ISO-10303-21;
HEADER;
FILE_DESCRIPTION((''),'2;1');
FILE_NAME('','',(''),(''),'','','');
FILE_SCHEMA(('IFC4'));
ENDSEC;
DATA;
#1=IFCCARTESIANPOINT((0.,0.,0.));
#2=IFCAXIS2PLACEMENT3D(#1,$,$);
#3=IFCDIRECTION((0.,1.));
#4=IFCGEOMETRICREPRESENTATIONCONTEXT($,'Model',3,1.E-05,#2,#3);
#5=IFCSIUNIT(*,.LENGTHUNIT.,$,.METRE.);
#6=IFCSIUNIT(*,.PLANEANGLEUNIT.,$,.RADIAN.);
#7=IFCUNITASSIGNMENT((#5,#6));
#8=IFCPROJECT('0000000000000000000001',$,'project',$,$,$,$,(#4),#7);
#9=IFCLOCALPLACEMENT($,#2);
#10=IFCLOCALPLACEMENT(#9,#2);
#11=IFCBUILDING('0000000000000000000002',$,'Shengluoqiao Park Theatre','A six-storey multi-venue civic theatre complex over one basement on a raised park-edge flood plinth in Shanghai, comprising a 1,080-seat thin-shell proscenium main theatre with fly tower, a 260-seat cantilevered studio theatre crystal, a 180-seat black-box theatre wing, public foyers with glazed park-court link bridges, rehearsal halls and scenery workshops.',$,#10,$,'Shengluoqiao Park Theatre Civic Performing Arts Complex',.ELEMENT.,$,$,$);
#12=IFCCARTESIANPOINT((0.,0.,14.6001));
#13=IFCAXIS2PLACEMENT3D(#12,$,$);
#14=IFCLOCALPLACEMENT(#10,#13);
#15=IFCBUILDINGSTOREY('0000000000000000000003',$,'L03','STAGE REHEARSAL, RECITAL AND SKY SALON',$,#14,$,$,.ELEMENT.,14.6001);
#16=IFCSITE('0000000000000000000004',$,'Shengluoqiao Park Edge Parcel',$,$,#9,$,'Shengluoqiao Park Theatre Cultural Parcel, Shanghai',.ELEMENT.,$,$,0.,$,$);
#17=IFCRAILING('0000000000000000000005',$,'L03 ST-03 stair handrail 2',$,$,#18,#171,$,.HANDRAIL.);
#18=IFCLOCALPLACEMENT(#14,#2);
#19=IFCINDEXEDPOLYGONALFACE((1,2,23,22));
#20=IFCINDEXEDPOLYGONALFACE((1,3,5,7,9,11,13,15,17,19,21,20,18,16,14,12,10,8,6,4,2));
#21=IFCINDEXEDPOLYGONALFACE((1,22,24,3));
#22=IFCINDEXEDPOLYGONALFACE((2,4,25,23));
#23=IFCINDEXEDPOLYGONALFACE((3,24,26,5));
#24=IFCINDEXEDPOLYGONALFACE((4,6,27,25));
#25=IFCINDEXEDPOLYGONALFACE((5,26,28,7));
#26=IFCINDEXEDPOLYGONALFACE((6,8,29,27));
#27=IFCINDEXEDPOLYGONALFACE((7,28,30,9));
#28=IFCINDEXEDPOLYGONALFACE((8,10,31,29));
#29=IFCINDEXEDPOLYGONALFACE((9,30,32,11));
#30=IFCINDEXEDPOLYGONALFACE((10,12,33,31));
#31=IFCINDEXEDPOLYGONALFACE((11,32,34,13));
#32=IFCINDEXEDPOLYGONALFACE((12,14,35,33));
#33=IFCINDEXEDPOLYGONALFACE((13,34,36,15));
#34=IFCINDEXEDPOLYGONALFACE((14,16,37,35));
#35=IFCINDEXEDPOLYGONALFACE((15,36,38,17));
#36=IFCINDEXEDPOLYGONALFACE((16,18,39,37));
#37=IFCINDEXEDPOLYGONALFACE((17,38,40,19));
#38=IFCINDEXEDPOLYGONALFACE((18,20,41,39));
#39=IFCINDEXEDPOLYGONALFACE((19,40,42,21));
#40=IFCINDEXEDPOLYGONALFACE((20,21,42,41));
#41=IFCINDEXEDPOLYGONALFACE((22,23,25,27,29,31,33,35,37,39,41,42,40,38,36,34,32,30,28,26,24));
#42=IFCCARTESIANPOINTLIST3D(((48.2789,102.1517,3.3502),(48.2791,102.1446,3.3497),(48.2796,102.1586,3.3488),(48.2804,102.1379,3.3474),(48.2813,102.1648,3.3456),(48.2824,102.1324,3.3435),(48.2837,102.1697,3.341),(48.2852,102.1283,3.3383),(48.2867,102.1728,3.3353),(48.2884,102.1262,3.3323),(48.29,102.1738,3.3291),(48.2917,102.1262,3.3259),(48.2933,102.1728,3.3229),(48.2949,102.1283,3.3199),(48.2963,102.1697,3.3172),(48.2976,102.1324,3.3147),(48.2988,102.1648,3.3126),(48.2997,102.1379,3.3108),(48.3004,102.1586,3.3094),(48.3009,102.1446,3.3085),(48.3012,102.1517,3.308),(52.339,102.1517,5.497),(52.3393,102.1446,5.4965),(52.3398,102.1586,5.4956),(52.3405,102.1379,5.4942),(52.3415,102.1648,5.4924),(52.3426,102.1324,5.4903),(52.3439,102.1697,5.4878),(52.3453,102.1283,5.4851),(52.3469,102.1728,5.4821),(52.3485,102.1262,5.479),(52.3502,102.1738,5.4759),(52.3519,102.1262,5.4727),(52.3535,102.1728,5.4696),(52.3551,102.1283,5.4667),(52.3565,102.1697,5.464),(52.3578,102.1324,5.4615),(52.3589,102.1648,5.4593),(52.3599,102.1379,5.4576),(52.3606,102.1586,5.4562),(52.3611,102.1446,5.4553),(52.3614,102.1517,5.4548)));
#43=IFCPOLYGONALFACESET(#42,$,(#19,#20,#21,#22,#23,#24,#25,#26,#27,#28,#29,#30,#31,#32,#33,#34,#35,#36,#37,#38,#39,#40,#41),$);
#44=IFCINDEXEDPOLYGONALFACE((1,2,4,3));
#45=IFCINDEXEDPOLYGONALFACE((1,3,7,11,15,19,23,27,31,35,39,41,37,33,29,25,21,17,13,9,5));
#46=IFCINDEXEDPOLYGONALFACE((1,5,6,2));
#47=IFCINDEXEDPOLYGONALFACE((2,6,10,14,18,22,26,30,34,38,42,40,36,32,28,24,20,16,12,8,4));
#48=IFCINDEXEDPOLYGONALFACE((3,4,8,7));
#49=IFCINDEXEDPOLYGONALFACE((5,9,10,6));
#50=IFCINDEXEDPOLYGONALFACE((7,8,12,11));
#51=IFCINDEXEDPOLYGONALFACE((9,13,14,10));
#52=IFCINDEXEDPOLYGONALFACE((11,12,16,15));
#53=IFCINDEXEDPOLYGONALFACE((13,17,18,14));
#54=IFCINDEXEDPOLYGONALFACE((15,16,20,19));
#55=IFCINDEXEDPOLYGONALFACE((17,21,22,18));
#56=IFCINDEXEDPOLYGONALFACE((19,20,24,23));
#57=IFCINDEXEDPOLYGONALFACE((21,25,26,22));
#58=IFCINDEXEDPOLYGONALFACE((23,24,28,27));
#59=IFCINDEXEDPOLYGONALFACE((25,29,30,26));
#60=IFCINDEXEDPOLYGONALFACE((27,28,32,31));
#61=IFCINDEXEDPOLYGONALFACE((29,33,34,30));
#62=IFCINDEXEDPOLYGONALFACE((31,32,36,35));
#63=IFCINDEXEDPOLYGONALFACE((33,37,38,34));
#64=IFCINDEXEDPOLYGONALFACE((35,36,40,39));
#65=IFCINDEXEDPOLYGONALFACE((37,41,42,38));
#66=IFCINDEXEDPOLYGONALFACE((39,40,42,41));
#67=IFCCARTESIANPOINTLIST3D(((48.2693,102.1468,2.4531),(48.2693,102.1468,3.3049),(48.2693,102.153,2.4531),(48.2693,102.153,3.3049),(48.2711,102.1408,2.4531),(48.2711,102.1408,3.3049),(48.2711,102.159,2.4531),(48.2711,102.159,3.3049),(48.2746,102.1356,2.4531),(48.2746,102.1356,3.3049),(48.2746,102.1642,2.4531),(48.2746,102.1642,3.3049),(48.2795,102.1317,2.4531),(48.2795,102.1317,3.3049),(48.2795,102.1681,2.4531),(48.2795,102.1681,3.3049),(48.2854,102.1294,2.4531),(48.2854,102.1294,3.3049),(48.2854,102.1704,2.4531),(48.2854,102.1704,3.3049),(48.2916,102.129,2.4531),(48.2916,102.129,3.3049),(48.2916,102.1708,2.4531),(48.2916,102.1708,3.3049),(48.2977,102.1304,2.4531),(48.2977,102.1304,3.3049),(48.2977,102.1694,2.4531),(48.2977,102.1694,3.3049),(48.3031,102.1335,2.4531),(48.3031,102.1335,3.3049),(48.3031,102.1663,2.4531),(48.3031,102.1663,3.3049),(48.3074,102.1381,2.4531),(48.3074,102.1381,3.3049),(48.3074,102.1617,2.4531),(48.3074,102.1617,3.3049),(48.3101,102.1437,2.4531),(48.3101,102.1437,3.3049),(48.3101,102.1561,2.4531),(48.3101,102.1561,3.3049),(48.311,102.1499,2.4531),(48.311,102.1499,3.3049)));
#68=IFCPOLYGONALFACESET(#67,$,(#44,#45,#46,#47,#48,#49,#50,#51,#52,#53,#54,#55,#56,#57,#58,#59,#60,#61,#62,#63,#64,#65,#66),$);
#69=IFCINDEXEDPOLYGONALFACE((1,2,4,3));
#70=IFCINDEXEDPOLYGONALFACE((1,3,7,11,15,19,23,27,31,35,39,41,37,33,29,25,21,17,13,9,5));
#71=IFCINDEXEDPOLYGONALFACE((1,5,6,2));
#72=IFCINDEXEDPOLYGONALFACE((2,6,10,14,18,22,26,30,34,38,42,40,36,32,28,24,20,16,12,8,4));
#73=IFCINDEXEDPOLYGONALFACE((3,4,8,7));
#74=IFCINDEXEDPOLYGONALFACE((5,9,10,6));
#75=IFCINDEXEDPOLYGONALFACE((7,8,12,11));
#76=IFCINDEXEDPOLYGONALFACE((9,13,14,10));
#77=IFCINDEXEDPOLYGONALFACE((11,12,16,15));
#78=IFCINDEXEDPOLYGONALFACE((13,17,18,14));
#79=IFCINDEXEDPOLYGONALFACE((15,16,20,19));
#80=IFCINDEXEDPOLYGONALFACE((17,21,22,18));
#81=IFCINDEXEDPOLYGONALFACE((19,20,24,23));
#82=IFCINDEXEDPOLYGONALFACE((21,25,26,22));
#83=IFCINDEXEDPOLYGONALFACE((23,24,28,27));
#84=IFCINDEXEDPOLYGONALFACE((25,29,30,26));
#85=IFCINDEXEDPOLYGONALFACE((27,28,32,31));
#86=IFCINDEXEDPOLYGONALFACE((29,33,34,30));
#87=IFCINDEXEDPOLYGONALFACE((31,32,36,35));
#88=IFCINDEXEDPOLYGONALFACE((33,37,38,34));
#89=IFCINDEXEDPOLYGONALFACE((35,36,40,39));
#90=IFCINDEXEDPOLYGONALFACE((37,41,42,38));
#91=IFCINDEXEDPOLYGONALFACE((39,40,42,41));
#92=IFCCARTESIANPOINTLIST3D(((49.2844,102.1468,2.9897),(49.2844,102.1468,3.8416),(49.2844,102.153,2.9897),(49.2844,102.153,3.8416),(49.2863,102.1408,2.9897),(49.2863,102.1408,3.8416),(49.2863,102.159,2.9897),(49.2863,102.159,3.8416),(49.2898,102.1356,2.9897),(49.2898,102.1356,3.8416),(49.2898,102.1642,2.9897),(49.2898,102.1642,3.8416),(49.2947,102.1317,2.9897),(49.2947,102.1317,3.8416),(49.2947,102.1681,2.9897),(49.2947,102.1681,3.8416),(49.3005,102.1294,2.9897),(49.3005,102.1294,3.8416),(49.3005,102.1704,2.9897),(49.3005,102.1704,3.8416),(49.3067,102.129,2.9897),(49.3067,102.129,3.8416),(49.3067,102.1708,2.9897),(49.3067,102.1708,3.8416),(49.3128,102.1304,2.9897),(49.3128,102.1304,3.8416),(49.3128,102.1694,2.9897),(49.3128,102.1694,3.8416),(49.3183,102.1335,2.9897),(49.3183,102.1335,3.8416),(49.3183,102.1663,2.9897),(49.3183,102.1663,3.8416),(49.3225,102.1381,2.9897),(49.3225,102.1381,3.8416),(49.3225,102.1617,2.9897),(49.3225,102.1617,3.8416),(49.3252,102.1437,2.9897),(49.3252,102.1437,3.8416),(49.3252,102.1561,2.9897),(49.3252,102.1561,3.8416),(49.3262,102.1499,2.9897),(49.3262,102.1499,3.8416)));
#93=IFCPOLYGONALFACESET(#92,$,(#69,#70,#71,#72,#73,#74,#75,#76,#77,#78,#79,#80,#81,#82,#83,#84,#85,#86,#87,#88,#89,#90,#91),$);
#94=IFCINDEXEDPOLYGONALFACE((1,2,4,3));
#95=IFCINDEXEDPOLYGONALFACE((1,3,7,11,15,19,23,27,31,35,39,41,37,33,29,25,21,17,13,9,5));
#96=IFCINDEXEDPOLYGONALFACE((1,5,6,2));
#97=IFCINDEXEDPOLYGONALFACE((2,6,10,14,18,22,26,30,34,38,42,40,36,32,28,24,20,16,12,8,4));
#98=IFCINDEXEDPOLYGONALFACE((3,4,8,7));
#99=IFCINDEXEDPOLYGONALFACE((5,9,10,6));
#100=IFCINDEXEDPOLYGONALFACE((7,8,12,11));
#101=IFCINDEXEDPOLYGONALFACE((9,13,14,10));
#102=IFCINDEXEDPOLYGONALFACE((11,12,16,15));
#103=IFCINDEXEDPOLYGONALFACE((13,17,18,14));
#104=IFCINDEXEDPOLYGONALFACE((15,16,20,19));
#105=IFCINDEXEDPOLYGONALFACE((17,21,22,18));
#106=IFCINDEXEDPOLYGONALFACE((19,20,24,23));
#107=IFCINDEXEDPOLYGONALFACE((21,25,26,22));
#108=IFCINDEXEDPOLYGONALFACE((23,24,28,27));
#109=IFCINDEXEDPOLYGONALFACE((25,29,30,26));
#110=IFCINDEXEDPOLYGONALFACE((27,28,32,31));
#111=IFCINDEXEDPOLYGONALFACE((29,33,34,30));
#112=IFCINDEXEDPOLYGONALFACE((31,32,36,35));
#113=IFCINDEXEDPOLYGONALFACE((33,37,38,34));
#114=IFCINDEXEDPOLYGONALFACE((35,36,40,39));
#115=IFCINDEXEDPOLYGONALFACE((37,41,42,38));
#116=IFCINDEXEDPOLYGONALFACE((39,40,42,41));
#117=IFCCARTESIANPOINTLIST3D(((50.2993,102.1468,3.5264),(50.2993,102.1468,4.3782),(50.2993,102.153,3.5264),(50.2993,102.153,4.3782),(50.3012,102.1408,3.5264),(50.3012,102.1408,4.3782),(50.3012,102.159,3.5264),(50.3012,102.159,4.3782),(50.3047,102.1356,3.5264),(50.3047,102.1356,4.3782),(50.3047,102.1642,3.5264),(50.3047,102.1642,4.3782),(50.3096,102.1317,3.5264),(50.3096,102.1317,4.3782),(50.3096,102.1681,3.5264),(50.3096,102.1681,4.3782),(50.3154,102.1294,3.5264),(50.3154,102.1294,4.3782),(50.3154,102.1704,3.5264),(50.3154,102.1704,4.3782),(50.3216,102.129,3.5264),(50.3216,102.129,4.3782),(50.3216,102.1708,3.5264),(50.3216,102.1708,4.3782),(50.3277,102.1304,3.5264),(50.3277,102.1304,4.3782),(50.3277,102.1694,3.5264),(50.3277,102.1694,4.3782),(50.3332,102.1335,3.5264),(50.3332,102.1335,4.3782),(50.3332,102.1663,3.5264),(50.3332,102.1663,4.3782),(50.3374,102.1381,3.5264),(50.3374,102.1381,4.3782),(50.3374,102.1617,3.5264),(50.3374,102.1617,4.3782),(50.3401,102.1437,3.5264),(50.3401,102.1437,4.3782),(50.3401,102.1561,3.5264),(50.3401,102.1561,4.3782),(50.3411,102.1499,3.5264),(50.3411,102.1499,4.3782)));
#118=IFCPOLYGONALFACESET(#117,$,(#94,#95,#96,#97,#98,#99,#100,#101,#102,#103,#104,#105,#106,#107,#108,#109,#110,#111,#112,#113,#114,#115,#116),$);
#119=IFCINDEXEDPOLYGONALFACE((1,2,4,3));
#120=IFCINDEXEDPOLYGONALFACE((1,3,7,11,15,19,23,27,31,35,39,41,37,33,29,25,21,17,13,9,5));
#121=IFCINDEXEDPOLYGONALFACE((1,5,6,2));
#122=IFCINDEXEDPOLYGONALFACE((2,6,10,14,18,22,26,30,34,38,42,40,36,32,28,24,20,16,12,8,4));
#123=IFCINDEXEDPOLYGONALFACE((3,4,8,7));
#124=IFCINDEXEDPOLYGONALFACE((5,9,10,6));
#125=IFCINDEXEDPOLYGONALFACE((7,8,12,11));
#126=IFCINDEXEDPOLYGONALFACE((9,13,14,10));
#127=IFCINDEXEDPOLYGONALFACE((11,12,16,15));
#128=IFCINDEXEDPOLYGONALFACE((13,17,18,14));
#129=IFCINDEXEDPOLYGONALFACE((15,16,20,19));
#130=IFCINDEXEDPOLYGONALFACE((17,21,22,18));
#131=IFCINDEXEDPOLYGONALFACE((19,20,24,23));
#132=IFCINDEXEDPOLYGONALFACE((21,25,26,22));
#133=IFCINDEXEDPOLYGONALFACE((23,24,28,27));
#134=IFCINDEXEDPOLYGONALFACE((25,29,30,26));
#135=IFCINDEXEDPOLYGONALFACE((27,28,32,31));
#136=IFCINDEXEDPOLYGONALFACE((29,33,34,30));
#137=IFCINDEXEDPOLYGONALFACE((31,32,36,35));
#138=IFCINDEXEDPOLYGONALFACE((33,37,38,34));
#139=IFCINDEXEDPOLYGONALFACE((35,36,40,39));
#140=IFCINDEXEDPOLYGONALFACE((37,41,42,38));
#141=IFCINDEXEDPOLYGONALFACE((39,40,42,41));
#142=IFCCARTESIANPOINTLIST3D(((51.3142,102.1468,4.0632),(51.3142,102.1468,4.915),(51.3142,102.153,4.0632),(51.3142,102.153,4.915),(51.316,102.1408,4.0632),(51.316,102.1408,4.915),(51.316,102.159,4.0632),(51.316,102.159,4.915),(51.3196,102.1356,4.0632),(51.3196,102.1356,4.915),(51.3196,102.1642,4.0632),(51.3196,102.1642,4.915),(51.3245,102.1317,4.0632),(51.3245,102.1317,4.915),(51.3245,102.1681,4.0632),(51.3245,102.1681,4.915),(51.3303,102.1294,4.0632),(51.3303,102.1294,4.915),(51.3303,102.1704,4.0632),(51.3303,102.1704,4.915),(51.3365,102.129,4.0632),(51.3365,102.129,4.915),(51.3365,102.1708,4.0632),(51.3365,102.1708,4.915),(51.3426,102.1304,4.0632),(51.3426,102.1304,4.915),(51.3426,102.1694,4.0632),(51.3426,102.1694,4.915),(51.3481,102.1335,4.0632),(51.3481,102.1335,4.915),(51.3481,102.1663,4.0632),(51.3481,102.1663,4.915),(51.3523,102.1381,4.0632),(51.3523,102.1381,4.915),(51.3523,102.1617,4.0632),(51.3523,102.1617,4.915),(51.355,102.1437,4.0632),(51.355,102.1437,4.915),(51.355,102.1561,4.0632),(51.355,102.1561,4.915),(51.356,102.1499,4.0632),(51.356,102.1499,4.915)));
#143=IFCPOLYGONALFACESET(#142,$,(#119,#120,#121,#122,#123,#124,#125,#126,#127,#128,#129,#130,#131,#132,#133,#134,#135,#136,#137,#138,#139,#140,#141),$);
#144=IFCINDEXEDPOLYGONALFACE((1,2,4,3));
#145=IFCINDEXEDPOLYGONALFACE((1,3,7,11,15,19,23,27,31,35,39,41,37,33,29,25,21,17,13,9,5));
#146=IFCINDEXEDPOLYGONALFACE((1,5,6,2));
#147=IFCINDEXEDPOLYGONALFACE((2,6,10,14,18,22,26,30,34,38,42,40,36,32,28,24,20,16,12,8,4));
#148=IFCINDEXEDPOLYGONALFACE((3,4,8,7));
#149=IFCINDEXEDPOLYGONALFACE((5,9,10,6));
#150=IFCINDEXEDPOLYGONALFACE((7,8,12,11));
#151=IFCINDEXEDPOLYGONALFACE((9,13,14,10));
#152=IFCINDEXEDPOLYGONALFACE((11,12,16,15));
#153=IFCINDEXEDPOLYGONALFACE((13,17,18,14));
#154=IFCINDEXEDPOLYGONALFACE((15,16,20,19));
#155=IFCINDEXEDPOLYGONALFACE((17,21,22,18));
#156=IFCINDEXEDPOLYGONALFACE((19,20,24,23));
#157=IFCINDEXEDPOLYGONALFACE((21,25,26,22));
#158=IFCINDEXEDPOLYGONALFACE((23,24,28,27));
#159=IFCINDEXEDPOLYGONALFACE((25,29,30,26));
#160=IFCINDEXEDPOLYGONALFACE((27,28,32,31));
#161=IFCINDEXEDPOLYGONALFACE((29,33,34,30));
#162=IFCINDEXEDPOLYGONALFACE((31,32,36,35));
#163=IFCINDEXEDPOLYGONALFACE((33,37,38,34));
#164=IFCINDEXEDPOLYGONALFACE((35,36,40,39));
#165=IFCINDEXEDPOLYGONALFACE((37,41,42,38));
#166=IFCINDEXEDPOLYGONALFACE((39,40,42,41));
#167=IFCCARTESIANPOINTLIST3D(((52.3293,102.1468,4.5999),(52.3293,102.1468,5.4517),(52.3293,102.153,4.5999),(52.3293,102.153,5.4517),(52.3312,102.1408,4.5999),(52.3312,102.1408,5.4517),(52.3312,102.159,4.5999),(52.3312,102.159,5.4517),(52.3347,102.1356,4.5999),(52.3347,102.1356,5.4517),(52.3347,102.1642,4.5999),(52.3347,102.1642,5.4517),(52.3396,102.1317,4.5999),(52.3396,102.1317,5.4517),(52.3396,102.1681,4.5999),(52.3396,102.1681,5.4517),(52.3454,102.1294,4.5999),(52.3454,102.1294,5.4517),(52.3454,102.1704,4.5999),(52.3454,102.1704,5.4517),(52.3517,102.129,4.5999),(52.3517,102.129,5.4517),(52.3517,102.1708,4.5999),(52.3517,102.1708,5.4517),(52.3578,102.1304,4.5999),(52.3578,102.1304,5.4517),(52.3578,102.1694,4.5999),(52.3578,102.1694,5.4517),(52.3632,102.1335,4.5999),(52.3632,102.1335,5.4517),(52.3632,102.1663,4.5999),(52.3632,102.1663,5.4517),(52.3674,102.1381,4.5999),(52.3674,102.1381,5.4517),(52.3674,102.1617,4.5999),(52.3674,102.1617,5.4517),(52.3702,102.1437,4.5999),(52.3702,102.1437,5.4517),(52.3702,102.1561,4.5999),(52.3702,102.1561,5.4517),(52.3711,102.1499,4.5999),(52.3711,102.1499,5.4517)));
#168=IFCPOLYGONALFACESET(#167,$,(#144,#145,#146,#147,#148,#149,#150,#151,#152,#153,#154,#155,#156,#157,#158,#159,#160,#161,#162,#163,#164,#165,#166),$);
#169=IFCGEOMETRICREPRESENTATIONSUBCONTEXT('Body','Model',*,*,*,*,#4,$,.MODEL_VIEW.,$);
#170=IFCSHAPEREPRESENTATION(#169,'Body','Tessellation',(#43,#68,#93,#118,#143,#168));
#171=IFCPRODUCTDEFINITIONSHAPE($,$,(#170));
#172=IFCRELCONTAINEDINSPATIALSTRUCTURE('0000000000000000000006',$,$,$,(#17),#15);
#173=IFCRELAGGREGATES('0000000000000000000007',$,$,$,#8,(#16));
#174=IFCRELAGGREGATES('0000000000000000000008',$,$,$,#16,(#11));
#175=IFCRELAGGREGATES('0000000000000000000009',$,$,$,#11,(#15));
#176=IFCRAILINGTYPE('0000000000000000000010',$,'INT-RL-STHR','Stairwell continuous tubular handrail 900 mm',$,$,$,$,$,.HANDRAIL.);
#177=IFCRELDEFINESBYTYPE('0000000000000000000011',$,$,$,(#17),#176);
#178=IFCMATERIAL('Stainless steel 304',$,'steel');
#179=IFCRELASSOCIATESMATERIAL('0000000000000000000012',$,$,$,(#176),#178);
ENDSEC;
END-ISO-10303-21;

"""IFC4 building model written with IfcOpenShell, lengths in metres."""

from ifc_helpers import new_model, si_unit, direction, frame, origin, origin_2d, place, context, subcontext, project, spatial, circle, extrude, material, type_object, element, save


model = new_model("IFC4")

# Units and contexts
model_context = context("Model", 3, precision=1e-05, world=origin(), true_north=direction((0.0, 1.0)))
body_context = subcontext(model_context, "Body", "Model", "MODEL_VIEW")
ifc_project = project(units=[si_unit("LENGTHUNIT", "METRE"), si_unit("PLANEANGLEUNIT", "RADIAN")], contexts=[model_context])

# Site, building, storey
site_placement = place(None, origin())
site = spatial("IfcSite", under=ifc_project, at=site_placement, Name="Shengluoqiao Park Edge Parcel", LongName="Shengluoqiao Park Theatre Cultural Parcel, Shanghai", CompositionType="ELEMENT", RefElevation=0.0)
building_placement = place(site_placement, origin())
building = spatial("IfcBuilding", under=site, at=building_placement, Name="Shengluoqiao Park Theatre", Description="A six-storey multi-venue civic theatre complex over one basement on a raised park-edge flood plinth in Shanghai, comprising a 1,080-seat thin-shell proscenium main theatre with fly tower, a 260-seat cantilevered studio theatre crystal, a 180-seat black-box theatre wing, public foyers with glazed park-court link bridges, rehearsal halls and scenery workshops.", LongName="Shengluoqiao Park Theatre Civic Performing Arts Complex", CompositionType="ELEMENT")
storey_placement = place(building_placement, frame((0.0, 0.0, 14.6001)))
storey = spatial("IfcBuildingStorey", under=building, at=storey_placement, Name="L03", Description="STAGE REHEARSAL, RECITAL AND SKY SALON", CompositionType="ELEMENT", Elevation=14.6001)

# Shared definitions
ifc_material_1 = material(Name="Stainless steel 304", Category="steel")

# Railing
railing_type_1 = type_object("IfcRailingType", Name="INT-RL-STHR", Description="Stairwell continuous tubular handrail 900 mm", PredefinedType="HANDRAIL", material=ifc_material_1)
railing_1_placement = place(storey_placement, frame((48.29, 102.1499, 2.4531)))
element("IfcRailing", 1, at=railing_1_placement, inside=storey, type_object=railing_type_1, Name="L03 ST-03 stair handrail 2", PredefinedType="HANDRAIL", context=body_context, shape_type="SweptSolid", body=[
    extrude(circle(Radius=0.0239, at=origin_2d()), frame((0.0, 0.0, 0.876), z_axis=(0.884032, 0.0, 0.467426), x_axis=(0.0, 1.0, 0.0)), (0.0, 0.0, 1.0), 4.5928),
    extrude(circle(Radius=0.021, at=origin_2d()), origin(), (0.0, 0.0, 1.0), 0.8518),
    extrude(circle(Radius=0.021, at=origin_2d()), frame((1.0151, 0.0, 0.5366)), (0.0, 0.0, 1.0), 0.8518),
    extrude(circle(Radius=0.021, at=origin_2d()), frame((2.03, 0.0, 1.0732)), (0.0, 0.0, 1.0), 0.8518),
    extrude(circle(Radius=0.021, at=origin_2d()), frame((3.0449, 0.0, 1.6101)), (0.0, 0.0, 1.0), 0.8518),
    extrude(circle(Radius=0.021, at=origin_2d()), frame((4.0601, 0.0, 2.1467)), (0.0, 0.0, 1.0), 0.8518),
])

save(model, "model.ifc")
